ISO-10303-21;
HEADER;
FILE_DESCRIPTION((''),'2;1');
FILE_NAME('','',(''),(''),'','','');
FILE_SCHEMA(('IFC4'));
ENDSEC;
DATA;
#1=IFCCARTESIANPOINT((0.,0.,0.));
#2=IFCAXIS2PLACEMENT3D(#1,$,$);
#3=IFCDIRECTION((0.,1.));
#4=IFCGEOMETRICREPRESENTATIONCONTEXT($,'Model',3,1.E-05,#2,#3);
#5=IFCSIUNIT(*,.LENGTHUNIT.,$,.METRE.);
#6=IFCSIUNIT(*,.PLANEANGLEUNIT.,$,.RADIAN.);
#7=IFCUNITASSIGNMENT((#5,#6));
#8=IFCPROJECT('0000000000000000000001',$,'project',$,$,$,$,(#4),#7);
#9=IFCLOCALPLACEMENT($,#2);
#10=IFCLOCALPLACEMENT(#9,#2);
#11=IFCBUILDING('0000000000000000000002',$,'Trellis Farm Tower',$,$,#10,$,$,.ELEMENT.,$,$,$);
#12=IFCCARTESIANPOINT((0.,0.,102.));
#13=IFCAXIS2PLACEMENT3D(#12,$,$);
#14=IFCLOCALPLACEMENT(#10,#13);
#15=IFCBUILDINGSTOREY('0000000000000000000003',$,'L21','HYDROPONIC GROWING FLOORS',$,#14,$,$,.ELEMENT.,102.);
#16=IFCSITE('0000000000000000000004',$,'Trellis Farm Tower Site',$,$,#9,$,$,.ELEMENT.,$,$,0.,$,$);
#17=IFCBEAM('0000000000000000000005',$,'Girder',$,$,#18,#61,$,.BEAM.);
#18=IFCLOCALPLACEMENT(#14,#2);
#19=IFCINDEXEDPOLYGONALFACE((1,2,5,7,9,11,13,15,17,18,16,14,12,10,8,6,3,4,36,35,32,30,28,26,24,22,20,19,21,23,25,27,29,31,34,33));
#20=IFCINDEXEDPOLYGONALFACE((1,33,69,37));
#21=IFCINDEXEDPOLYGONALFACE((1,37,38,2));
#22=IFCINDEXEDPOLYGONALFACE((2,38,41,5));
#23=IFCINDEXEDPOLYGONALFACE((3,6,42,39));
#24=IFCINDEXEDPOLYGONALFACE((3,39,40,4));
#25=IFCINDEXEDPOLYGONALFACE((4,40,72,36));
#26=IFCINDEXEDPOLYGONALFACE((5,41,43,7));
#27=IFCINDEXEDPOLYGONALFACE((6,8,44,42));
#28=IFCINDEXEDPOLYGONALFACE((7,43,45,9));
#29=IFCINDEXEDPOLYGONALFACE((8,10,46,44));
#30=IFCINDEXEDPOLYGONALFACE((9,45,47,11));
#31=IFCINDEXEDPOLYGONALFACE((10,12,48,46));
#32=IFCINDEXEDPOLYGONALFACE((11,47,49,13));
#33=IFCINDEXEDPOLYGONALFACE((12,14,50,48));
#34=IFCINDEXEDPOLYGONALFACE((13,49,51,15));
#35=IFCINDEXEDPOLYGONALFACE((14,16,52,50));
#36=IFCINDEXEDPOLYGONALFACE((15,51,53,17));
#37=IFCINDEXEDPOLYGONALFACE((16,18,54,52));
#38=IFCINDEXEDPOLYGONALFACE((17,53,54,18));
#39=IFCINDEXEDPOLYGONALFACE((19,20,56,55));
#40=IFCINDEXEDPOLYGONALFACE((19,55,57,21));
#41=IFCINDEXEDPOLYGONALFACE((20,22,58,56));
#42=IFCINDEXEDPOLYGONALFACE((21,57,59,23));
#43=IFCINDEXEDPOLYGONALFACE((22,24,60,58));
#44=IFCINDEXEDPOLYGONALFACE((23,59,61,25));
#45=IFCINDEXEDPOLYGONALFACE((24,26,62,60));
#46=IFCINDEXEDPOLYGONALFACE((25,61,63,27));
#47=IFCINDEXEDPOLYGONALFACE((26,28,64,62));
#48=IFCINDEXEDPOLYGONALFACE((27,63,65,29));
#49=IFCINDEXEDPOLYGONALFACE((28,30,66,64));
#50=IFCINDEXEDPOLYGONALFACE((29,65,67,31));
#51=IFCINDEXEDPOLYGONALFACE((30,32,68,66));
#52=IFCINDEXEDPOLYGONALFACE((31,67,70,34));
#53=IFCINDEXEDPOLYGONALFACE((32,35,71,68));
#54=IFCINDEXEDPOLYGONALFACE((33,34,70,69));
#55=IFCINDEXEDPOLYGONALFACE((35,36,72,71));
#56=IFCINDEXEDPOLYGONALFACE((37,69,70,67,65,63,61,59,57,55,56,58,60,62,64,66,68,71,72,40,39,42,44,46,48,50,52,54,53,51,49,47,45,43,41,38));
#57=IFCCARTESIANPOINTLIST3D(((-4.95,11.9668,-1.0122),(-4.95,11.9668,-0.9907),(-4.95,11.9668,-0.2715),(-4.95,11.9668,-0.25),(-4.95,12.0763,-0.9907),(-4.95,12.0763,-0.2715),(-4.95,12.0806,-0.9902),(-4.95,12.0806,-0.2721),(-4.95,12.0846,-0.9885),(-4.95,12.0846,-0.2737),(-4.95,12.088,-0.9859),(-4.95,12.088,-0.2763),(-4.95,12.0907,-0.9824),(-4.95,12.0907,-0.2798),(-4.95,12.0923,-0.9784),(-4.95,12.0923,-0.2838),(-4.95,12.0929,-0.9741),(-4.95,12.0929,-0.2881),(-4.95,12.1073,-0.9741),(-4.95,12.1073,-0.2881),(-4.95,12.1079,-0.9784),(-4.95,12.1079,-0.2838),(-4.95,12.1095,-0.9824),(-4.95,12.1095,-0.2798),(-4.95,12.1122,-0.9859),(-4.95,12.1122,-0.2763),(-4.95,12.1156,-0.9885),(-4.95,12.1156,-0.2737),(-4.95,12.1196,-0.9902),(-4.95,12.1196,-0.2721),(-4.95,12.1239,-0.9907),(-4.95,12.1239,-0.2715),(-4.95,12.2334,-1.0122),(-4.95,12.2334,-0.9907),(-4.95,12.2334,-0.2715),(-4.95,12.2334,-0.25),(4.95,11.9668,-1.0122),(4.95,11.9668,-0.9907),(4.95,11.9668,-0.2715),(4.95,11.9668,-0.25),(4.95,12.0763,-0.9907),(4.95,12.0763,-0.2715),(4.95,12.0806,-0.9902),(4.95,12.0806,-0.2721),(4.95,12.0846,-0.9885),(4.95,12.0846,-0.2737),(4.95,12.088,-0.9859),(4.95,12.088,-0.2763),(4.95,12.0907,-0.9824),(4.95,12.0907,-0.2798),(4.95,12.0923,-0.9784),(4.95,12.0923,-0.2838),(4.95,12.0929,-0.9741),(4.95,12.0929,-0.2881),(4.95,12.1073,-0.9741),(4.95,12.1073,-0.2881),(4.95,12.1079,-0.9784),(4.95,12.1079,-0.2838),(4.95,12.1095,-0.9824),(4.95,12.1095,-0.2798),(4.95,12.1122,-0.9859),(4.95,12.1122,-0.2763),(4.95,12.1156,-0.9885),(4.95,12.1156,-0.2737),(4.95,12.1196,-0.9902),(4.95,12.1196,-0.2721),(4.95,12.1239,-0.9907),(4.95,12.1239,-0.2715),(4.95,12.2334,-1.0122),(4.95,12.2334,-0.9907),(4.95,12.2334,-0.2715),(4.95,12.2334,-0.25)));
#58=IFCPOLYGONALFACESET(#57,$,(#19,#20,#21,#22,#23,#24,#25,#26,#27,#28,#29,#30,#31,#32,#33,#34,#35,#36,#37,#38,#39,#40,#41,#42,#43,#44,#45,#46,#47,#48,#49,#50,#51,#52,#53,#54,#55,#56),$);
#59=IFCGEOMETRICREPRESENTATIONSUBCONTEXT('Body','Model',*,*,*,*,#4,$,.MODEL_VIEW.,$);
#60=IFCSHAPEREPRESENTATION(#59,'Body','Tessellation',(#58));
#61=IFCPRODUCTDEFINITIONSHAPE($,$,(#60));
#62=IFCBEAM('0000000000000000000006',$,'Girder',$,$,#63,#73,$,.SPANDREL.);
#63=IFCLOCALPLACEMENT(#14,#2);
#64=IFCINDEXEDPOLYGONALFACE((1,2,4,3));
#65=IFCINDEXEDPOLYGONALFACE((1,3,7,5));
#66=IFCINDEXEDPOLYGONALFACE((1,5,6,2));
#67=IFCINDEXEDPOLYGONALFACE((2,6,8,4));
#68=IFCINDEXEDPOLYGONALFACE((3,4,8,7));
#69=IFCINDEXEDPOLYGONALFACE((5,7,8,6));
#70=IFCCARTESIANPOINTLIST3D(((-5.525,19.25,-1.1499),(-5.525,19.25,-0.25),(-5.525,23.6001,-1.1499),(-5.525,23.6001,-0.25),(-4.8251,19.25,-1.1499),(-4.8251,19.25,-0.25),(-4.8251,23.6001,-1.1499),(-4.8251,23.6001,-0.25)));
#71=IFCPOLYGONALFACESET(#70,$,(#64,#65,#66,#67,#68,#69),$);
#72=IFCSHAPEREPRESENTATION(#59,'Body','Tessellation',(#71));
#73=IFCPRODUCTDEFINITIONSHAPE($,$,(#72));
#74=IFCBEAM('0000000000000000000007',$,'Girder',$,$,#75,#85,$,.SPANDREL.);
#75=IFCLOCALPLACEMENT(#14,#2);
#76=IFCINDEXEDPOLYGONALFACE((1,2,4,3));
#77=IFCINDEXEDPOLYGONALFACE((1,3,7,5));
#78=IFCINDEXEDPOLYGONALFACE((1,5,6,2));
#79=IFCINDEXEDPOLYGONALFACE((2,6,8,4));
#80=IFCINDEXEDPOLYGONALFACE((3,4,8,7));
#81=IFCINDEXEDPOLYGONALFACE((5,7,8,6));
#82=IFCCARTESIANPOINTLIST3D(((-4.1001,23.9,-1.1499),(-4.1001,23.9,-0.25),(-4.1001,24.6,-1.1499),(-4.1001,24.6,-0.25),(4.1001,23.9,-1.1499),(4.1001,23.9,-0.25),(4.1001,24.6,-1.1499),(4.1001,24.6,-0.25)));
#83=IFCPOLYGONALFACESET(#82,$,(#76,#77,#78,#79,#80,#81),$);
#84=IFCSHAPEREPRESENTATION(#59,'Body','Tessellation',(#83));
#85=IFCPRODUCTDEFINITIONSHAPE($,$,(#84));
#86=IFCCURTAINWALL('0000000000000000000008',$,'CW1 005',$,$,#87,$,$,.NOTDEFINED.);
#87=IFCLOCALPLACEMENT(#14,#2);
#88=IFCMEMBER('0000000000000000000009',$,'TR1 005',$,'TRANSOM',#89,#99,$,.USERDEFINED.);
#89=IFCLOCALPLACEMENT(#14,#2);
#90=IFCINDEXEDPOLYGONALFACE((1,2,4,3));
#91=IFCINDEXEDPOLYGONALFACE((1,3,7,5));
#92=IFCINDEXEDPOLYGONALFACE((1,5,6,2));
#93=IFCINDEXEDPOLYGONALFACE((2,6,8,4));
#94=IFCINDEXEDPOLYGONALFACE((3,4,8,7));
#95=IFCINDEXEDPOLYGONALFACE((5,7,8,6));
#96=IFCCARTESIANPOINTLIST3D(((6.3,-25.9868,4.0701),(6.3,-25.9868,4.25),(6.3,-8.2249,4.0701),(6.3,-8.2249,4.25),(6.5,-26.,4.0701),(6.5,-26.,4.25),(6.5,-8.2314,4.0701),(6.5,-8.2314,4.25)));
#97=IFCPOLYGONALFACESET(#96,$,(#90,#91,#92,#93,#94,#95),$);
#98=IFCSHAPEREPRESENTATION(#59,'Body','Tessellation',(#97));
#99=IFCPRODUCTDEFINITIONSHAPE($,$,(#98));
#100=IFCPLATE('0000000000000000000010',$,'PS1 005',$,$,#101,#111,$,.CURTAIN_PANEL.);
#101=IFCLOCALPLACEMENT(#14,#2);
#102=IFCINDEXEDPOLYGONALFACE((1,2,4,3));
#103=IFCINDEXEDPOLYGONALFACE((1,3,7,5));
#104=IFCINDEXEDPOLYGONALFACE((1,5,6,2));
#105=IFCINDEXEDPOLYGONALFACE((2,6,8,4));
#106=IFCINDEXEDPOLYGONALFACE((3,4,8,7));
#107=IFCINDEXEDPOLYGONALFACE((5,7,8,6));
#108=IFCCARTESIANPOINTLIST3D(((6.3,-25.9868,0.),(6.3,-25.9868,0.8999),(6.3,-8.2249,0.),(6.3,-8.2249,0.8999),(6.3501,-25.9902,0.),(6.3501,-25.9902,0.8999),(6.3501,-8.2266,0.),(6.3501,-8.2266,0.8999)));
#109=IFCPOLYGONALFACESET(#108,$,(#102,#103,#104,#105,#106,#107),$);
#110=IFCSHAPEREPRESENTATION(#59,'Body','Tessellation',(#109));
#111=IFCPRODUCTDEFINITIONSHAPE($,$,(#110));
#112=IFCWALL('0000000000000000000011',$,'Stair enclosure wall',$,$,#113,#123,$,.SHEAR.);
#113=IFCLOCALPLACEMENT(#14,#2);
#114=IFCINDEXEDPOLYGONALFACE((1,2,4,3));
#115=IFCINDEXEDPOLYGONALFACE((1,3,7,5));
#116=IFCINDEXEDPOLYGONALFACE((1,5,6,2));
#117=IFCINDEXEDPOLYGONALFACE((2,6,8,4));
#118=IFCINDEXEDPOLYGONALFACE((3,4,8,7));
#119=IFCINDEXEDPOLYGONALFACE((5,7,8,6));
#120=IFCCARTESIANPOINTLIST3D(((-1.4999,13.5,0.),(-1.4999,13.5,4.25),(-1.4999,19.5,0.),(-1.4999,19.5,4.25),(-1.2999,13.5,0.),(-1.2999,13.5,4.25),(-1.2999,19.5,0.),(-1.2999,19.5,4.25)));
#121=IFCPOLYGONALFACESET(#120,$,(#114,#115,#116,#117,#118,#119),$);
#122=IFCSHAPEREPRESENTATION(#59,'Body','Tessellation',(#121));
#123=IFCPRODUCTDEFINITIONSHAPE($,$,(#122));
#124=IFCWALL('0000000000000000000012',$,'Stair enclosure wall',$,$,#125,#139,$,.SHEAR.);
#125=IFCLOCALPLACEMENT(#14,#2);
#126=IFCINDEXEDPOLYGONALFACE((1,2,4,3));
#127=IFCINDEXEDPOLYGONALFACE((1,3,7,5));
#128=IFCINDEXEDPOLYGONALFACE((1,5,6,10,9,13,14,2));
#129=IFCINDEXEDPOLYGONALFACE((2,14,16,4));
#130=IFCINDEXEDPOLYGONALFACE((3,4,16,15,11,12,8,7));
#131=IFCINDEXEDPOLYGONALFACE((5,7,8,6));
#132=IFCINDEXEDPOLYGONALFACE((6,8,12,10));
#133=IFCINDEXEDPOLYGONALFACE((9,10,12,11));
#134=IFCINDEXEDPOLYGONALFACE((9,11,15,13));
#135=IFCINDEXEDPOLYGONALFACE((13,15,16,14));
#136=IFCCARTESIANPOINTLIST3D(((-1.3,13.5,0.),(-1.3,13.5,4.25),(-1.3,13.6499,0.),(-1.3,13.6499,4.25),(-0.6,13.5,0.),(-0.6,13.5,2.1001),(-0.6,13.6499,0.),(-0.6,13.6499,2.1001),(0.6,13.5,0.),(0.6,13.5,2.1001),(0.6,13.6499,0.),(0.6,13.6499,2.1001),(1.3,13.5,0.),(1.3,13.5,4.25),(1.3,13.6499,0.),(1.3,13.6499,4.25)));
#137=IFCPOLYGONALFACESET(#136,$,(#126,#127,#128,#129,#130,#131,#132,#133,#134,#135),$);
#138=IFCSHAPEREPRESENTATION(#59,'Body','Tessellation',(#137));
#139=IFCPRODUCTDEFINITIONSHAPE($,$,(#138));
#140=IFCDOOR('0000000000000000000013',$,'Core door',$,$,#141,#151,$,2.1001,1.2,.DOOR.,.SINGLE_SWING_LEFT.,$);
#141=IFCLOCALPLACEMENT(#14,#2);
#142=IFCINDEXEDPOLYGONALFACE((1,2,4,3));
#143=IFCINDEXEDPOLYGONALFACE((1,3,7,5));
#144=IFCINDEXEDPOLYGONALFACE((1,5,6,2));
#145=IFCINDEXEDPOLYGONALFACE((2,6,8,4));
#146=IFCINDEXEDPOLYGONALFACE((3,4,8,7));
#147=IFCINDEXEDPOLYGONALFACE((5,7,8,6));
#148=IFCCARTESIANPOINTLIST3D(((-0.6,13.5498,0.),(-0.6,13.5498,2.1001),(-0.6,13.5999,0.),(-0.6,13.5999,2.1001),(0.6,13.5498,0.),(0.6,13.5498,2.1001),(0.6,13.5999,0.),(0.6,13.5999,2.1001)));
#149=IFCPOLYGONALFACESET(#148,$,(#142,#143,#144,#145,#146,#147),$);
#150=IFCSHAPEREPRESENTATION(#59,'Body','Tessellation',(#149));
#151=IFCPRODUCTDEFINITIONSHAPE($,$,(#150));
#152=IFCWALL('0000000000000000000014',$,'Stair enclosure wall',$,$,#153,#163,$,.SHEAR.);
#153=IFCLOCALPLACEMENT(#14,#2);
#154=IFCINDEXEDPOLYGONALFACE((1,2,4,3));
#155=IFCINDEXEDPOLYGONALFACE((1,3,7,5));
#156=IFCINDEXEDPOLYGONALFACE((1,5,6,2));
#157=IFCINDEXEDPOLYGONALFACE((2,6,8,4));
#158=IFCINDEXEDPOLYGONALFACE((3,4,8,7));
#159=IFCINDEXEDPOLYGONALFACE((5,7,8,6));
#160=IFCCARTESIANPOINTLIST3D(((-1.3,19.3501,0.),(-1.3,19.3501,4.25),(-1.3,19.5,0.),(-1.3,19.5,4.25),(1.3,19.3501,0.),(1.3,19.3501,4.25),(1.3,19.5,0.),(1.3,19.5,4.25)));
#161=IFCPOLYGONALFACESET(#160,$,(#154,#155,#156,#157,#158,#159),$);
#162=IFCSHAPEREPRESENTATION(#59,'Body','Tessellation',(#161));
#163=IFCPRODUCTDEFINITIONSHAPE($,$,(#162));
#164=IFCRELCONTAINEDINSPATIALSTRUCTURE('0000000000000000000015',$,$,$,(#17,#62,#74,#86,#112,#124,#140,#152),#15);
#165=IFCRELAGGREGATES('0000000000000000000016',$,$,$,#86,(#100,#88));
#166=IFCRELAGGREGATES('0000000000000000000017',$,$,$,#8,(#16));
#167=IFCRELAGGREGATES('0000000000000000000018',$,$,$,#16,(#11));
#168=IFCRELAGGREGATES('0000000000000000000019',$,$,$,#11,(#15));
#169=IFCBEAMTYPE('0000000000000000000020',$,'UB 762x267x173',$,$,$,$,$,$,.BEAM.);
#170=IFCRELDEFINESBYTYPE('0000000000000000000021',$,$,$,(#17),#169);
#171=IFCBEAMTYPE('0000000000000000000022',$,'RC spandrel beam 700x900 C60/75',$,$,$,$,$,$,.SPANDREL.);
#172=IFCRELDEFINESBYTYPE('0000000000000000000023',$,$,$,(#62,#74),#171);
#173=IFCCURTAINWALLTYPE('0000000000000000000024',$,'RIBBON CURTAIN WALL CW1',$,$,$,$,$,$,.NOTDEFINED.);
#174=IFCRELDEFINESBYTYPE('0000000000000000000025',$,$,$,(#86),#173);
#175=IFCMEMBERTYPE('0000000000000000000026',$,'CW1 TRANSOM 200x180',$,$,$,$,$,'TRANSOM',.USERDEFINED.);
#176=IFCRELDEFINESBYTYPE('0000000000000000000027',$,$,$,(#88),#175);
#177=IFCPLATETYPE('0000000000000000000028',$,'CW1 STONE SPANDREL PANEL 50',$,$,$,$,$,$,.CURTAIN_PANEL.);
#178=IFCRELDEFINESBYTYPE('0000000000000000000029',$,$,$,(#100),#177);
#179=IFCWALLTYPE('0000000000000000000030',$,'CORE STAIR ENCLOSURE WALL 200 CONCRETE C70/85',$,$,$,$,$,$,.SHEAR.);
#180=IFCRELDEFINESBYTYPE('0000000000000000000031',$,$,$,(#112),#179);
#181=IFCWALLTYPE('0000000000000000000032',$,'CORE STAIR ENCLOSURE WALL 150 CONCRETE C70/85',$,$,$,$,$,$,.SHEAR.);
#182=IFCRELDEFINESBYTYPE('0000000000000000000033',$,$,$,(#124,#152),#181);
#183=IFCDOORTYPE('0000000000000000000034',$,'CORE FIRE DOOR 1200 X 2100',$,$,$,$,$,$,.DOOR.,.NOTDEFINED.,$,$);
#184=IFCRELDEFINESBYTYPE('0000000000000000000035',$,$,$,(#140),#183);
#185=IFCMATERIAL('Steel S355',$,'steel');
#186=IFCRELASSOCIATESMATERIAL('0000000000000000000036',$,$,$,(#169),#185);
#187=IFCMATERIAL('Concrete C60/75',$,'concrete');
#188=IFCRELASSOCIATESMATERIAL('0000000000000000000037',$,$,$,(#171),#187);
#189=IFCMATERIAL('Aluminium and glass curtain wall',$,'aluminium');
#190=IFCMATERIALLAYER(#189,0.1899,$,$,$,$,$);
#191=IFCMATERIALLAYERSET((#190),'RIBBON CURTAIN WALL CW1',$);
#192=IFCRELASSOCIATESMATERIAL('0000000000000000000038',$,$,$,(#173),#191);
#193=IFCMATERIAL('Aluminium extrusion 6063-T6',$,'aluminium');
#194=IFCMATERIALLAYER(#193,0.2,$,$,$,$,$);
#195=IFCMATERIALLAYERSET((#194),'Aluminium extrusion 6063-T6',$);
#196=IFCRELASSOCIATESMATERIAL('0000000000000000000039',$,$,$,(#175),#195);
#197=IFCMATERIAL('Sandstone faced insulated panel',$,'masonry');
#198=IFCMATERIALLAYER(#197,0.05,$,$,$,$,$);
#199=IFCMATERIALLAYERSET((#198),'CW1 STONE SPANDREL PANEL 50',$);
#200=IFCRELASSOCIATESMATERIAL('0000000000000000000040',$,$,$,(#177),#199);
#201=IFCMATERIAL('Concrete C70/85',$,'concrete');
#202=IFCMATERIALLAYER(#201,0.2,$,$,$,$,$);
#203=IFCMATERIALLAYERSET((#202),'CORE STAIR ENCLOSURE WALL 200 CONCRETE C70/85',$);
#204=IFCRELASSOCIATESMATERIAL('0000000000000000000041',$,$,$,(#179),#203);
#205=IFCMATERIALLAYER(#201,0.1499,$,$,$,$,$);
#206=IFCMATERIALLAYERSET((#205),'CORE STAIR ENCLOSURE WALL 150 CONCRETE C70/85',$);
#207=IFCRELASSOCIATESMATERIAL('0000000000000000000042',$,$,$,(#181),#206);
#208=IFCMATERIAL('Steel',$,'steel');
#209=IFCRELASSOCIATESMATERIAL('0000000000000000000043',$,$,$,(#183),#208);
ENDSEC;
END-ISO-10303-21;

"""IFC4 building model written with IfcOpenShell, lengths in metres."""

from ifc_helpers import new_model, si_unit, direction, frame, frame_2d, origin, origin_2d, place, context, subcontext, project, spatial, polyline, rectangle, i_section, outline, extrude, source, transform, mapped, material, layer, layer_set, material_profile, profile_set, type_object, element, fill, aggregate, save


model = new_model("IFC4")

# Units and contexts
model_context = context("Model", 3, precision=1e-05, world=origin(), true_north=direction((0.0, 1.0)))
body_context = subcontext(model_context, "Body", "Model", "MODEL_VIEW")
ifc_project = project(units=[si_unit("LENGTHUNIT", "METRE"), si_unit("PLANEANGLEUNIT", "RADIAN")], contexts=[model_context])

# Site, building, storey
site_placement = place(None, origin())
site = spatial("IfcSite", under=ifc_project, at=site_placement, Name="Trellis Farm Tower Site", CompositionType="ELEMENT", RefElevation=0.0)
building_placement = place(site_placement, origin())
building = spatial("IfcBuilding", under=site, at=building_placement, Name="Trellis Farm Tower", CompositionType="ELEMENT")
storey_placement = place(building_placement, frame((0.0, 0.0, 102.0)))
storey = spatial("IfcBuildingStorey", under=building, at=storey_placement, Name="L21", Description="HYDROPONIC GROWING FLOORS", CompositionType="ELEMENT", Elevation=102.0)

# Beams
ifc_material_1 = material(Name="Steel S355", Category="steel")
ifc_material_profile_1 = material_profile(ifc_material_1, i_section(OverallWidth=0.2666, OverallDepth=0.7622, WebThickness=0.0144, FlangeThickness=0.0215, FilletRadius=0.0166, at=origin_2d()), Name="UB 762x267x173")
ifc_profile_set_1 = profile_set([ifc_material_profile_1], Name="Steel S355")
beam_type_1 = type_object("IfcBeamType", Name="UB 762x267x173", PredefinedType="BEAM", material=ifc_profile_set_1)
shared_shape_1 = source(origin(), body_context, "Body", "SweptSolid", [
    extrude(i_section(OverallWidth=0.2666, OverallDepth=0.7622, WebThickness=0.0144, FlangeThickness=0.0215, FilletRadius=0.0166, at=origin_2d()), origin(), (0.0, 0.0, 1.0), 9.8999),
])
for number, where, z_axis, x_axis, name in (
    (1, (-4.95, 12.1001, -0.6311), (1.0, 0.0, 0.0), (0.0, 1.0, 0.0), "Girder"),
):
    element("IfcBeam", number, at=place(storey_placement, frame(where, z_axis=z_axis, x_axis=x_axis)), inside=storey, type_object=beam_type_1, Name=name, PredefinedType="BEAM", context=body_context, shape_type="MappedRepresentation", body=[
        mapped(shared_shape_1, transform((0.0, 0.0, 0.0))),
    ])
ifc_material_2 = material(Name="Concrete C60/75", Category="concrete")
ifc_material_profile_2 = material_profile(ifc_material_2, rectangle(XDim=0.7, YDim=0.8999, at=origin_2d()), Name="RC spandrel beam 700x900 C60/75")
ifc_profile_set_2 = profile_set([ifc_material_profile_2], Name="Concrete C60/75")
beam_type_2 = type_object("IfcBeamType", Name="RC spandrel beam 700x900 C60/75", PredefinedType="SPANDREL", material=ifc_profile_set_2)
shared_shape_2 = source(origin(), body_context, "Body", "SweptSolid", [
    extrude(rectangle(XDim=0.7, YDim=0.8999, at=origin_2d()), origin(), (0.0, 0.0, 1.0), 4.3501),
])
beam_1_placement = place(storey_placement, frame((-5.175, 19.25, -0.7), z_axis=(0.0, 1.0, 0.0), x_axis=(-1.0, 0.0, 0.0)))
element("IfcBeam", 2, at=beam_1_placement, inside=storey, type_object=beam_type_2, Name="Girder", PredefinedType="SPANDREL", context=body_context, shape_type="MappedRepresentation", body=[
    mapped(shared_shape_2, transform((0.0, 0.0, 0.0))),
])
shared_shape_3 = source(origin(), body_context, "Body", "SweptSolid", [
    extrude(rectangle(XDim=0.7, YDim=0.8999, at=origin_2d()), origin(), (0.0, 0.0, 1.0), 8.2002),
])
beam_2_placement = place(storey_placement, frame((-4.1001, 24.25, -0.7), z_axis=(1.0, 0.0, 0.0), x_axis=(0.0, 1.0, 0.0)))
element("IfcBeam", 3, at=beam_2_placement, inside=storey, type_object=beam_type_2, Name="Girder", PredefinedType="SPANDREL", context=body_context, shape_type="MappedRepresentation", body=[
    mapped(shared_shape_3, transform((0.0, 0.0, 0.0))),
])

# Curtain wall, member, plate
ifc_material_3 = material(Name="Aluminium and glass curtain wall", Category="aluminium")
ifc_layer_1 = layer(ifc_material_3, 0.1899)
ifc_layer_set_1 = layer_set([ifc_layer_1], Name="RIBBON CURTAIN WALL CW1")
curtain_wall_type = type_object("IfcCurtainWallType", Name="RIBBON CURTAIN WALL CW1", PredefinedType="NOTDEFINED", material=ifc_layer_set_1)
placement = place(storey_placement, origin())
curtain_wall = element("IfcCurtainWall", 4, at=placement, inside=storey, type_object=curtain_wall_type, Name="CW1 005", PredefinedType="NOTDEFINED")
ifc_material_4 = material(Name="Aluminium extrusion 6063-T6", Category="aluminium")
ifc_layer_2 = layer(ifc_material_4, 0.2)
ifc_layer_set_2 = layer_set([ifc_layer_2], Name="Aluminium extrusion 6063-T6")
member_type = type_object("IfcMemberType", Name="CW1 TRANSOM 200x180", ElementType="TRANSOM", PredefinedType="USERDEFINED", material=ifc_layer_set_2)
shared_shape_4 = source(origin(), body_context, "Body", "SweptSolid", [
    extrude(outline(polyline([(6.5, -26.0), (6.5, -8.2314), (6.3, -8.2249), (6.3, -25.9868), (6.5, -26.0)])), origin(), (0.0, 0.0, 1.0), 0.1799),
])
member_placement = place(storey_placement, frame((0.0, 0.0, 4.0701)))
member = element("IfcMember", 5, at=member_placement, type_object=member_type, Name="TR1 005", ObjectType="TRANSOM", PredefinedType="USERDEFINED", context=body_context, shape_type="MappedRepresentation", body=[
    mapped(shared_shape_4, transform((0.0, 0.0, 0.0))),
])
ifc_material_5 = material(Name="Sandstone faced insulated panel", Category="masonry")
ifc_layer_3 = layer(ifc_material_5, 0.05)
ifc_layer_set_3 = layer_set([ifc_layer_3], Name="CW1 STONE SPANDREL PANEL 50")
plate_type = type_object("IfcPlateType", Name="CW1 STONE SPANDREL PANEL 50", PredefinedType="CURTAIN_PANEL", material=ifc_layer_set_3)
shared_shape_5 = source(origin(), body_context, "Body", "SweptSolid", [
    extrude(outline(polyline([(6.3501, -25.9902), (6.3501, -8.2266), (6.3, -8.2249), (6.3, -25.9868), (6.3501, -25.9902)])), origin(), (0.0, 0.0, 1.0), 0.8999),
])
plate = element("IfcPlate", 6, at=placement, type_object=plate_type, Name="PS1 005", PredefinedType="CURTAIN_PANEL", context=body_context, shape_type="MappedRepresentation", body=[
    mapped(shared_shape_5, transform((0.0, 0.0, 0.0))),
])
aggregate(curtain_wall, [plate, member])

# Wall
ifc_material_6 = material(Name="Concrete C70/85", Category="concrete")
ifc_layer_4 = layer(ifc_material_6, 0.2)
ifc_layer_set_4 = layer_set([ifc_layer_4], Name="CORE STAIR ENCLOSURE WALL 200 CONCRETE C70/85")
wall_type_1 = type_object("IfcWallType", Name="CORE STAIR ENCLOSURE WALL 200 CONCRETE C70/85", PredefinedType="SHEAR", material=ifc_layer_set_4)
shared_shape_6 = source(origin(), body_context, "Body", "SweptSolid", [
    extrude(rectangle(XDim=6.0, YDim=0.2, at=frame_2d((3.0, 0.0))), origin(), (0.0, 0.0, 1.0), 4.25),
])
wall_1_placement = place(storey_placement, frame((-1.3999, 13.5, 0.0), z_axis=(0.0, 0.0, 1.0), x_axis=(0.0, 1.0, 0.0)))
element("IfcWall", 7, at=wall_1_placement, inside=storey, type_object=wall_type_1, Name="Stair enclosure wall", PredefinedType="SHEAR", context=body_context, shape_type="MappedRepresentation", body=[
    mapped(shared_shape_6, transform((0.0, 0.0, 0.0))),
])

# Wall, opening, door
ifc_layer_5 = layer(ifc_material_6, 0.1499)
ifc_layer_set_5 = layer_set([ifc_layer_5], Name="CORE STAIR ENCLOSURE WALL 150 CONCRETE C70/85")
wall_type_2 = type_object("IfcWallType", Name="CORE STAIR ENCLOSURE WALL 150 CONCRETE C70/85", PredefinedType="SHEAR", material=ifc_layer_set_5)
shared_shape_7 = source(origin(), body_context, "Body", "SweptSolid", [
    extrude(rectangle(XDim=2.6001, YDim=0.1499, at=frame_2d((1.3, 0.0))), origin(), (0.0, 0.0, 1.0), 4.25),
])
wall_2_placement = place(storey_placement, frame((-1.3, 13.575, 0.0), z_axis=(0.0, 0.0, 1.0), x_axis=(1.0, 0.0, 0.0)))
wall_2 = element("IfcWall", 8, at=wall_2_placement, inside=storey, type_object=wall_type_2, Name="Stair enclosure wall", PredefinedType="SHEAR", context=body_context, shape_type="MappedRepresentation", body=[
    mapped(shared_shape_7, transform((0.0, 0.0, 0.0))),
])
shared_shape_8 = source(origin(), body_context, "Body", "SweptSolid", [
    extrude(rectangle(XDim=1.2, YDim=2.1001, at=frame_2d((0.6001, 1.05))), frame((0.0, 0.085, 0.0), z_axis=(0.0, -1.0, 0.0), x_axis=(1.0, 0.0, 0.0)), (0.0, 0.0, 1.0), 0.1699),
])
opening_1_placement = place(wall_2_placement, frame((0.7, 0.0, 0.0)))
opening_1 = element("IfcOpeningElement", 9, at=opening_1_placement, cuts=wall_2, PredefinedType="OPENING", context=body_context, shape_type="MappedRepresentation", body=[
    mapped(shared_shape_8, transform((0.0, 0.0, 0.0))),
])
ifc_material_7 = material(Name="Steel", Category="steel")
door_type_1 = type_object("IfcDoorType", Name="CORE FIRE DOOR 1200 X 2100", OperationType="NOTDEFINED", PredefinedType="DOOR", material=ifc_material_7)
shared_shape_9 = source(origin(), body_context, "Body", "SweptSolid", [
    extrude(rectangle(XDim=1.2, YDim=2.1001, at=frame_2d((0.6001, 1.05))), frame((0.0, 0.0249, 0.0), z_axis=(0.0, -1.0, 0.0), x_axis=(1.0, 0.0, 0.0)), (0.0, 0.0, 1.0), 0.05),
])
door_1_placement = place(opening_1_placement, origin())
door_1 = element("IfcDoor", 10, at=door_1_placement, inside=storey, type_object=door_type_1, Name="Core door", OperationType="SINGLE_SWING_LEFT", OverallHeight=2.1001, OverallWidth=1.2, PredefinedType="DOOR", context=body_context, shape_type="MappedRepresentation", body=[
    mapped(shared_shape_9, transform((0.0, 0.0, 0.0))),
])
fill(opening_1, door_1)

# Wall
wall_3_placement = place(storey_placement, frame((-1.3, 19.425, 0.0), z_axis=(0.0, 0.0, 1.0), x_axis=(1.0, 0.0, 0.0)))
element("IfcWall", 11, at=wall_3_placement, inside=storey, type_object=wall_type_2, Name="Stair enclosure wall", PredefinedType="SHEAR", context=body_context, shape_type="MappedRepresentation", body=[
    mapped(shared_shape_7, transform((0.0, 0.0, 0.0))),
])

save(model, "model.ifc")
